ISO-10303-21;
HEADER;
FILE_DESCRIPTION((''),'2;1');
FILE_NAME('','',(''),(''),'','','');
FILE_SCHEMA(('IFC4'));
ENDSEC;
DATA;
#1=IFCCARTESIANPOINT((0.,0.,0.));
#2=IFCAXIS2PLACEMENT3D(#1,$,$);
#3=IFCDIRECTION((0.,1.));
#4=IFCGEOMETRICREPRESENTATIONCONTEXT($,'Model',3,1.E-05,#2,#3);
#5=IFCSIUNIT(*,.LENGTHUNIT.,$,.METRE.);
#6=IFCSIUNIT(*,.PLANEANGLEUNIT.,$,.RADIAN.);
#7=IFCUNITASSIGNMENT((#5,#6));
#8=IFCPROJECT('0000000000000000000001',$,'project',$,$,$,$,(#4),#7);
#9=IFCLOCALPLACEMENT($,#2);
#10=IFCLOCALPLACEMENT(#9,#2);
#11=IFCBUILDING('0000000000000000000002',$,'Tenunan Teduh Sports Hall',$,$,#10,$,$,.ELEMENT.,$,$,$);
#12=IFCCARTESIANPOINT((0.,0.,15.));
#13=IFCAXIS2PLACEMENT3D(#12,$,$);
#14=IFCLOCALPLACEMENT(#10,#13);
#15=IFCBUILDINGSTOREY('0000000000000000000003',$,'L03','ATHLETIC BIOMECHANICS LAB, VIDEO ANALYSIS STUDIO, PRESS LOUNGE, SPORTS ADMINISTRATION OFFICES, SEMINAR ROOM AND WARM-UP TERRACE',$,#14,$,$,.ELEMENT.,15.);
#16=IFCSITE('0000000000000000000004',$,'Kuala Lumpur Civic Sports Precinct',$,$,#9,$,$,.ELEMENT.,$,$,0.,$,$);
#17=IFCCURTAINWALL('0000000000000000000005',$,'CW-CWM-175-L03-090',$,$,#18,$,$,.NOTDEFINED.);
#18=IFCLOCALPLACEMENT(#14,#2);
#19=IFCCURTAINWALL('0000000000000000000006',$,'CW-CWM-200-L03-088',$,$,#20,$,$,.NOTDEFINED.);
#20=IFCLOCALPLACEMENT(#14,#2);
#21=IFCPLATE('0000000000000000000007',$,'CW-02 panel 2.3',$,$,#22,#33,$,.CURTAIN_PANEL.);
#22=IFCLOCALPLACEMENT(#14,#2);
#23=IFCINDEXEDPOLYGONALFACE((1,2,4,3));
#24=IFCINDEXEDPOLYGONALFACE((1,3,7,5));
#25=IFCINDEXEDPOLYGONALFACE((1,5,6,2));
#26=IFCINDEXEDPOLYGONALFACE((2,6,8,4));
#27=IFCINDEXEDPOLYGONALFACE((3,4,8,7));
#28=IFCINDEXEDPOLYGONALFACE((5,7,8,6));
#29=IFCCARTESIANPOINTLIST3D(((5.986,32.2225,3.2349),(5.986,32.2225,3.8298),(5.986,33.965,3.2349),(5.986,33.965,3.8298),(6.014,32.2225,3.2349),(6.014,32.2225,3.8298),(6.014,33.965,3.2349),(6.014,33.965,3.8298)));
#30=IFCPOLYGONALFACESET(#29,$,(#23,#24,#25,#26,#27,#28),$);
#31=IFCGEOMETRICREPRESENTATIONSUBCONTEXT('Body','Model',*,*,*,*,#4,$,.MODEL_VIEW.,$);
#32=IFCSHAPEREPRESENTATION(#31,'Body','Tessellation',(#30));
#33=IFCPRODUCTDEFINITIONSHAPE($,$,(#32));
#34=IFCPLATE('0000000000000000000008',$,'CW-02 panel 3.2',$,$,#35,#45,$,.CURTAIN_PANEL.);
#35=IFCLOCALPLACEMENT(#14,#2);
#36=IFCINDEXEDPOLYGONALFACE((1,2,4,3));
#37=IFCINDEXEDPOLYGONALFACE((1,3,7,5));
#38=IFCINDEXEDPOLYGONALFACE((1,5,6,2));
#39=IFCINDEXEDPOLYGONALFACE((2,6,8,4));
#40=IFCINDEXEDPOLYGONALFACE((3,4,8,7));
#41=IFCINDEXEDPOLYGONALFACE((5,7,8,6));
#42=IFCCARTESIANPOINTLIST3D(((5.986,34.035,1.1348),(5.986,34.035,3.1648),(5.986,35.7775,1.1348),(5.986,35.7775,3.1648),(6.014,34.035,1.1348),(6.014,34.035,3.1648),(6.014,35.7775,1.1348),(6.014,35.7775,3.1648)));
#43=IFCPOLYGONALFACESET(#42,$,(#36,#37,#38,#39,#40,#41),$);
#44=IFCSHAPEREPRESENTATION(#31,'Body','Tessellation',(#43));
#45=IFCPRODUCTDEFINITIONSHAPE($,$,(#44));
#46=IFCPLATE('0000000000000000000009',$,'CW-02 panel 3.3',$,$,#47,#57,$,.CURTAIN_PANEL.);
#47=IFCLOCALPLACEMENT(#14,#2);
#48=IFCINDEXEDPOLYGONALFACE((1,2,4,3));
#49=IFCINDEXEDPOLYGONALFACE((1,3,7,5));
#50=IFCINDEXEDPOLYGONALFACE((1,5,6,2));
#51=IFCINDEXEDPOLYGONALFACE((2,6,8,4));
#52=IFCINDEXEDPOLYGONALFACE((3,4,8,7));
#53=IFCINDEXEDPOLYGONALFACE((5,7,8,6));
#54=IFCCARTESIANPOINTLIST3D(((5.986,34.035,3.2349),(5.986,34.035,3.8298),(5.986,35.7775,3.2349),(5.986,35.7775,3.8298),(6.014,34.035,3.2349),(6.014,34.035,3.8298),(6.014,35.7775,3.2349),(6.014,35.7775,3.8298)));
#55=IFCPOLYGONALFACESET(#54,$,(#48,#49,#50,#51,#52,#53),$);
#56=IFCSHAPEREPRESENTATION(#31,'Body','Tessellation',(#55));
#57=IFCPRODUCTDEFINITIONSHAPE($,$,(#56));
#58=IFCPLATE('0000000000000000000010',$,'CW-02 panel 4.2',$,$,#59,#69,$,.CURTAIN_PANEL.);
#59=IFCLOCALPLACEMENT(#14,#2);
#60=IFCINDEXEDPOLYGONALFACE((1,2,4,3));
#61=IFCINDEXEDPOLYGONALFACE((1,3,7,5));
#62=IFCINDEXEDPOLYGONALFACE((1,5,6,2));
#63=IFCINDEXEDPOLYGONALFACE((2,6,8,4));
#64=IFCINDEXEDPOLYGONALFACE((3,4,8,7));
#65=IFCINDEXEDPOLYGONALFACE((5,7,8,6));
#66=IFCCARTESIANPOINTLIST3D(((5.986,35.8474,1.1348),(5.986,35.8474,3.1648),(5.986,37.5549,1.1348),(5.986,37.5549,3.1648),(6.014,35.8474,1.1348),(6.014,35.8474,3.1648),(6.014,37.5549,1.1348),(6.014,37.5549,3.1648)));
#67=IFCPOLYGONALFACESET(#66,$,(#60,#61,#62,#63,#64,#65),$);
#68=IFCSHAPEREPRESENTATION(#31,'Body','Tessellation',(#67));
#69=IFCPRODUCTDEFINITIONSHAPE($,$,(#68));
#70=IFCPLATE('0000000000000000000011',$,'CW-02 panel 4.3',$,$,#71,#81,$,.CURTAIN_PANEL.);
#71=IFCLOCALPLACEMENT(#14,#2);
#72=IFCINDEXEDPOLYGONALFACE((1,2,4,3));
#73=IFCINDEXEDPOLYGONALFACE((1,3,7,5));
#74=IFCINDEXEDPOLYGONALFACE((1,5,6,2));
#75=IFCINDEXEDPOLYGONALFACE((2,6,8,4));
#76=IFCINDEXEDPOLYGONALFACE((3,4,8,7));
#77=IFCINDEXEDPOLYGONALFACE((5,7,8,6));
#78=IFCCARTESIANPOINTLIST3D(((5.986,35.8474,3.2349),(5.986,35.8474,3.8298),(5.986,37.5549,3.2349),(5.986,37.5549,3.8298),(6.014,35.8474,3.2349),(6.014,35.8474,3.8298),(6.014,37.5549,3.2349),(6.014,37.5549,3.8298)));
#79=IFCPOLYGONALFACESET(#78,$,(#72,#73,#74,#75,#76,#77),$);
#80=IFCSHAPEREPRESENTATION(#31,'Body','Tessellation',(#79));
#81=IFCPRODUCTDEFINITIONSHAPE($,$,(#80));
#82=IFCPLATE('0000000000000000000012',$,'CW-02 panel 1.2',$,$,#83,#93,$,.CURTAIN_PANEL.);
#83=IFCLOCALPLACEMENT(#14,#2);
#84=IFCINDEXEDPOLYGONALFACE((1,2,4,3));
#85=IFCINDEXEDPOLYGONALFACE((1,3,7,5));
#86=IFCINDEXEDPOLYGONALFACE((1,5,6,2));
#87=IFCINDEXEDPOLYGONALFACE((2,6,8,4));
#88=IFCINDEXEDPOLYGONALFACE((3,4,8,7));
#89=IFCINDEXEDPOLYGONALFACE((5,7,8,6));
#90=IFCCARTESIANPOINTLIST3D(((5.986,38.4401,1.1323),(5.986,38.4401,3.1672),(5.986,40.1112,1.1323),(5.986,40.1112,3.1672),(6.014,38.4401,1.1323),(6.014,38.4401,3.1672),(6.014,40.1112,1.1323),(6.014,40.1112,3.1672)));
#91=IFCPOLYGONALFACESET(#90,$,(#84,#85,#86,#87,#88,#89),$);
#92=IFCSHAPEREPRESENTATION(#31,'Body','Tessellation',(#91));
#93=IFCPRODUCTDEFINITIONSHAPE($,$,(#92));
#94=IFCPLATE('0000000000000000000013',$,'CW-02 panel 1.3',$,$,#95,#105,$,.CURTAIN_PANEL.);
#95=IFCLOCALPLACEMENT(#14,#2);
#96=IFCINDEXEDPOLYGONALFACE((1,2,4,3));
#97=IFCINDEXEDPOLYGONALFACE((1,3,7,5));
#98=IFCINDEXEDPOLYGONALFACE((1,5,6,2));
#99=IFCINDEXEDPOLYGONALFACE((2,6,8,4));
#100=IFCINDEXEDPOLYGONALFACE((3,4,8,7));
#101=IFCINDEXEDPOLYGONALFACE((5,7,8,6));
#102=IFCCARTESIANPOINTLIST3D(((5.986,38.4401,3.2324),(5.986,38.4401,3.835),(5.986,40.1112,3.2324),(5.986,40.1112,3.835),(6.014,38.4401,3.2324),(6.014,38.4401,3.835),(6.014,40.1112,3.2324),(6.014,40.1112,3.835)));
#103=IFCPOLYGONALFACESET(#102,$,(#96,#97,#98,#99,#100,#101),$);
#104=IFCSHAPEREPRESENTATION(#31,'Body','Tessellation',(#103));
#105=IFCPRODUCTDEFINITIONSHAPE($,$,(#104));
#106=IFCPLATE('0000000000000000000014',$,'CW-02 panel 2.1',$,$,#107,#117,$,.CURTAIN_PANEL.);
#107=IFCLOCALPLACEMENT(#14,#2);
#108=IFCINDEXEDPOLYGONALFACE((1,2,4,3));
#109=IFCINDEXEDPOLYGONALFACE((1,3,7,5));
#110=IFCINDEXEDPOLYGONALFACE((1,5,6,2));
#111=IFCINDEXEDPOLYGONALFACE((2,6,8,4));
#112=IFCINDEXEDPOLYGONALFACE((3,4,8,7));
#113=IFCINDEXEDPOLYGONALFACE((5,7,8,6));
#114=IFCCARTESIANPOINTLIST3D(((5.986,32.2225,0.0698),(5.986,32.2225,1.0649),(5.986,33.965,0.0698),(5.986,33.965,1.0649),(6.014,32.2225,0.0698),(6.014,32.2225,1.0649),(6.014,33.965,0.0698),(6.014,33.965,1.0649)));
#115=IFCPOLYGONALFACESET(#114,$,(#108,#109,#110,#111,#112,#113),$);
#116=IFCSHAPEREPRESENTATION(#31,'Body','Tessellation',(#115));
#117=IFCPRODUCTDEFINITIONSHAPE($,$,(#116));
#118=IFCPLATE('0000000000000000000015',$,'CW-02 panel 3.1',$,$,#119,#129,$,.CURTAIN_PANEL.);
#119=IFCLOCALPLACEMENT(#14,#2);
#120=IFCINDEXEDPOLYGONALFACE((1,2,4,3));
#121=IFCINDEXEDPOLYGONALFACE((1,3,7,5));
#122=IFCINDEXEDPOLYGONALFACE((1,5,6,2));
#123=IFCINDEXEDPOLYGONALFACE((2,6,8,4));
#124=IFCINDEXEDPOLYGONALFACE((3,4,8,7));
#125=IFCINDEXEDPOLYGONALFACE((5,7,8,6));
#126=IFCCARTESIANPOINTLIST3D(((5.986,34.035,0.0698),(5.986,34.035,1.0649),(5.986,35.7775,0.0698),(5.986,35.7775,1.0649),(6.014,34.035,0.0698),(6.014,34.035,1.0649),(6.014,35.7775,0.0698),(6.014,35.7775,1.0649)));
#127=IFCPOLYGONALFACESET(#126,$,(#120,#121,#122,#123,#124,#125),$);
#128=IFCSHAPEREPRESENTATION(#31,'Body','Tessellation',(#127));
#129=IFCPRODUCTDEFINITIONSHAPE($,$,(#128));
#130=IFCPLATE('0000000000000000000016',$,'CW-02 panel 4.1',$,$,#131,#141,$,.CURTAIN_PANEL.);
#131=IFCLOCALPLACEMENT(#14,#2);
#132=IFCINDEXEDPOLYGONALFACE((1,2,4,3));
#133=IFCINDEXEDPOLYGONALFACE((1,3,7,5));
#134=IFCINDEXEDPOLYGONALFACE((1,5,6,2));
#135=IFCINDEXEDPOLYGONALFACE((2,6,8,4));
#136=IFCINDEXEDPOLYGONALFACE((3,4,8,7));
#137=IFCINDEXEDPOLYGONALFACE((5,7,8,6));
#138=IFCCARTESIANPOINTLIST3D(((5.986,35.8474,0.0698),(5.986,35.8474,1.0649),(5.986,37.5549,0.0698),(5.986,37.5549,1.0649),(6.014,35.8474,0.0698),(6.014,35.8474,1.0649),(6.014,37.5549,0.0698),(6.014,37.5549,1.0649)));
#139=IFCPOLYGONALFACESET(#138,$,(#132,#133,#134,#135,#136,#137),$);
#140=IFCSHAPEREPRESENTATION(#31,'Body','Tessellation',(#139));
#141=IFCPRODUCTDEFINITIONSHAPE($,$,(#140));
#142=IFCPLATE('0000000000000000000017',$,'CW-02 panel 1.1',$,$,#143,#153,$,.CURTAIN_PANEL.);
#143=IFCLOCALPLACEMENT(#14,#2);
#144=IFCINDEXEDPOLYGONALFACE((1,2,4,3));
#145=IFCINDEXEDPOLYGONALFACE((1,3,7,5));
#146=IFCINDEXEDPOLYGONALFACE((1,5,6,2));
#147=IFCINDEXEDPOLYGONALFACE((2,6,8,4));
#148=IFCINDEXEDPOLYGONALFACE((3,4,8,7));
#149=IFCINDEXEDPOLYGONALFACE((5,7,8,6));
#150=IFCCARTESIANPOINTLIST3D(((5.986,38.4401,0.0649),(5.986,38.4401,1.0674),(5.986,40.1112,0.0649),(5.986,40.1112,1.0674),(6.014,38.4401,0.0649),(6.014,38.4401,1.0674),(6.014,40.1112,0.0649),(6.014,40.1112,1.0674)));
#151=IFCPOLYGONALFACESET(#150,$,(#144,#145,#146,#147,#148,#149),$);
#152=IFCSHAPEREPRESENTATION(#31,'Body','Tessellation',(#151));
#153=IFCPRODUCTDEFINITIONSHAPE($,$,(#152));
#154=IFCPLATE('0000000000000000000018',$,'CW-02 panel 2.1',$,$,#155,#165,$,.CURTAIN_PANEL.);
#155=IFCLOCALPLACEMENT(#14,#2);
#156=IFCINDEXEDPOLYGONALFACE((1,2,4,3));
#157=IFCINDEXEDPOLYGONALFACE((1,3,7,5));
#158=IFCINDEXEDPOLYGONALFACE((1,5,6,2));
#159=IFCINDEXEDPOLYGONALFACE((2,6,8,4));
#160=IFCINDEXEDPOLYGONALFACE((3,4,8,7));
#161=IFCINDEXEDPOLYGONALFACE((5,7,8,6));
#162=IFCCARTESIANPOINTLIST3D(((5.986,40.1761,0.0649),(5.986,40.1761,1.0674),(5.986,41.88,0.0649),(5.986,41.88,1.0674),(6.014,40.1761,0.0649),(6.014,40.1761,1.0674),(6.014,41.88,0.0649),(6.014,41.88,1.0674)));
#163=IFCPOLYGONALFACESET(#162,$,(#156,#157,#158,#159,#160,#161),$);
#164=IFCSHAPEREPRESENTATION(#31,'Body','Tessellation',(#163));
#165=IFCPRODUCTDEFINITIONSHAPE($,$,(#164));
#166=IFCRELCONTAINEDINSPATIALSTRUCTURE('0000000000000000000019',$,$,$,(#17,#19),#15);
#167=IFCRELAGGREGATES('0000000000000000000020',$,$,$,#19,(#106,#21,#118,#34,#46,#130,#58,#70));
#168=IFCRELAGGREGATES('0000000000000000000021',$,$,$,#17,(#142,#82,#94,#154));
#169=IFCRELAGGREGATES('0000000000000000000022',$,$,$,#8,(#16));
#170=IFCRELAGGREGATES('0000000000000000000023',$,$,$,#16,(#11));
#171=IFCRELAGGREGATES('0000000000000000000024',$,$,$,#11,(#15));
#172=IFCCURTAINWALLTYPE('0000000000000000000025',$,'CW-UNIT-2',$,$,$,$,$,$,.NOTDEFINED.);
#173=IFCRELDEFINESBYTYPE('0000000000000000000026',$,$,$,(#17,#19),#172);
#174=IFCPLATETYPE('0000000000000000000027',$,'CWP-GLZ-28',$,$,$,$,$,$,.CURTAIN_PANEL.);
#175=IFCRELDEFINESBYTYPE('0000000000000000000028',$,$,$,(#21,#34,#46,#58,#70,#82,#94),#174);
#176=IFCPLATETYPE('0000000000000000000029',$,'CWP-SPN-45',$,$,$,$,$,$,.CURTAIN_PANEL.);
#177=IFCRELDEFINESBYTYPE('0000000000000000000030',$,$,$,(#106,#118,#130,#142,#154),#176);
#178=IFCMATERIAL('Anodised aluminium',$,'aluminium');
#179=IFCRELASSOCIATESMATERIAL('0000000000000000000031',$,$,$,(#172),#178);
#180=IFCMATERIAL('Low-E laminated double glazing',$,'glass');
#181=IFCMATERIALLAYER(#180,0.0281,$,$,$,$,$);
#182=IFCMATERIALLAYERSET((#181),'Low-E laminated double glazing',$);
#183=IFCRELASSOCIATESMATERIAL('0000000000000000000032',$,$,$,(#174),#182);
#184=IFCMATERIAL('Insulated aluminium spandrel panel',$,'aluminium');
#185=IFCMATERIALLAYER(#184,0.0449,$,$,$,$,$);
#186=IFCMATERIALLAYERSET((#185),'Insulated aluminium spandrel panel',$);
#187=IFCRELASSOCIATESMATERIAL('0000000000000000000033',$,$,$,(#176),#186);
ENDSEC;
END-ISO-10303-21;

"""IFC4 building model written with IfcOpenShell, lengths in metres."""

from ifc_helpers import new_model, si_unit, direction, frame, origin, origin_2d, place, context, subcontext, project, spatial, rectangle, extrude, material, layer, layer_set, type_object, element, aggregate, save


model = new_model("IFC4")

# Units and contexts
model_context = context("Model", 3, precision=1e-05, world=origin(), true_north=direction((0.0, 1.0)))
body_context = subcontext(model_context, "Body", "Model", "MODEL_VIEW")
ifc_project = project(units=[si_unit("LENGTHUNIT", "METRE"), si_unit("PLANEANGLEUNIT", "RADIAN")], contexts=[model_context])

# Site, building, storey
site_placement = place(None, origin())
site = spatial("IfcSite", under=ifc_project, at=site_placement, Name="Kuala Lumpur Civic Sports Precinct", CompositionType="ELEMENT", RefElevation=0.0)
building_placement = place(site_placement, origin())
building = spatial("IfcBuilding", under=site, at=building_placement, Name="Tenunan Teduh Sports Hall", CompositionType="ELEMENT")
storey_placement = place(building_placement, frame((0.0, 0.0, 15.0)))
storey = spatial("IfcBuildingStorey", under=building, at=storey_placement, Name="L03", Description="ATHLETIC BIOMECHANICS LAB, VIDEO ANALYSIS STUDIO, PRESS LOUNGE, SPORTS ADMINISTRATION OFFICES, SEMINAR ROOM AND WARM-UP TERRACE", CompositionType="ELEMENT", Elevation=15.0)

# Curtain walls
ifc_material_1 = material(Name="Anodised aluminium", Category="aluminium")
curtain_wall_type = type_object("IfcCurtainWallType", Name="CW-UNIT-2", PredefinedType="NOTDEFINED", material=ifc_material_1)
curtain_wall_1_placement = place(storey_placement, origin())
curtain_wall_1 = element("IfcCurtainWall", 1, at=curtain_wall_1_placement, inside=storey, type_object=curtain_wall_type, Name="CW-CWM-175-L03-090", PredefinedType="NOTDEFINED")
curtain_wall_2_placement = place(storey_placement, origin())
curtain_wall_2 = element("IfcCurtainWall", 2, at=curtain_wall_2_placement, inside=storey, type_object=curtain_wall_type, Name="CW-CWM-200-L03-088", PredefinedType="NOTDEFINED")

# Plates
ifc_material_2 = material(Name="Low-E laminated double glazing", Category="glass")
ifc_layer_1 = layer(ifc_material_2, 0.0281)
ifc_layer_set_1 = layer_set([ifc_layer_1], Name="Low-E laminated double glazing")
plate_type_1 = type_object("IfcPlateType", Name="CWP-GLZ-28", PredefinedType="CURTAIN_PANEL", material=ifc_layer_set_1)
plate_1_placement = place(storey_placement, frame((6.0, 33.0938, 3.2349), z_axis=(0.0, 0.0, 1.0), x_axis=(0.0, 1.0, 0.0)))
plate_1 = element("IfcPlate", 3, at=plate_1_placement, type_object=plate_type_1, Name="CW-02 panel 2.3", PredefinedType="CURTAIN_PANEL", context=body_context, shape_type="SweptSolid", body=[
    extrude(rectangle(XDim=1.7424, YDim=0.0281, at=origin_2d()), origin(), (0.0, 0.0, 1.0), 0.595),
])
plate_2_placement = place(storey_placement, frame((6.0, 34.9062, 1.1348), z_axis=(0.0, 0.0, 1.0), x_axis=(0.0, 1.0, 0.0)))
plate_2 = element("IfcPlate", 4, at=plate_2_placement, type_object=plate_type_1, Name="CW-02 panel 3.2", PredefinedType="CURTAIN_PANEL", context=body_context, shape_type="SweptSolid", body=[
    extrude(rectangle(XDim=1.7424, YDim=0.0281, at=origin_2d()), origin(), (0.0, 0.0, 1.0), 2.03),
])
plate_3_placement = place(storey_placement, frame((6.0, 34.9062, 3.2349), z_axis=(0.0, 0.0, 1.0), x_axis=(0.0, 1.0, 0.0)))
plate_3 = element("IfcPlate", 5, at=plate_3_placement, type_object=plate_type_1, Name="CW-02 panel 3.3", PredefinedType="CURTAIN_PANEL", context=body_context, shape_type="SweptSolid", body=[
    extrude(rectangle(XDim=1.7424, YDim=0.0281, at=origin_2d()), origin(), (0.0, 0.0, 1.0), 0.595),
])
plate_4_placement = place(storey_placement, frame((6.0, 36.7012, 1.1348), z_axis=(0.0, 0.0, 1.0), x_axis=(0.0, 1.0, 0.0)))
plate_4 = element("IfcPlate", 6, at=plate_4_placement, type_object=plate_type_1, Name="CW-02 panel 4.2", PredefinedType="CURTAIN_PANEL", context=body_context, shape_type="SweptSolid", body=[
    extrude(rectangle(XDim=1.7075, YDim=0.0281, at=origin_2d()), origin(), (0.0, 0.0, 1.0), 2.03),
])
plate_5_placement = place(storey_placement, frame((6.0, 36.7012, 3.2349), z_axis=(0.0, 0.0, 1.0), x_axis=(0.0, 1.0, 0.0)))
plate_5 = element("IfcPlate", 7, at=plate_5_placement, type_object=plate_type_1, Name="CW-02 panel 4.3", PredefinedType="CURTAIN_PANEL", context=body_context, shape_type="SweptSolid", body=[
    extrude(rectangle(XDim=1.7075, YDim=0.0281, at=origin_2d()), origin(), (0.0, 0.0, 1.0), 0.595),
])
plate_6_placement = place(storey_placement, frame((6.0, 39.2756, 1.1323), z_axis=(0.0, 0.0, 1.0), x_axis=(0.0, 1.0, 0.0)))
plate_6 = element("IfcPlate", 8, at=plate_6_placement, type_object=plate_type_1, Name="CW-02 panel 1.2", PredefinedType="CURTAIN_PANEL", context=body_context, shape_type="SweptSolid", body=[
    extrude(rectangle(XDim=1.6711, YDim=0.0281, at=origin_2d()), origin(), (0.0, 0.0, 1.0), 2.0349),
])
plate_7_placement = place(storey_placement, frame((6.0, 39.2756, 3.2324), z_axis=(0.0, 0.0, 1.0), x_axis=(0.0, 1.0, 0.0)))
plate_7 = element("IfcPlate", 9, at=plate_7_placement, type_object=plate_type_1, Name="CW-02 panel 1.3", PredefinedType="CURTAIN_PANEL", context=body_context, shape_type="SweptSolid", body=[
    extrude(rectangle(XDim=1.6711, YDim=0.0281, at=origin_2d()), origin(), (0.0, 0.0, 1.0), 0.6025),
])
ifc_material_3 = material(Name="Insulated aluminium spandrel panel", Category="aluminium")
ifc_layer_2 = layer(ifc_material_3, 0.0449)
ifc_layer_set_2 = layer_set([ifc_layer_2], Name="Insulated aluminium spandrel panel")
plate_type_2 = type_object("IfcPlateType", Name="CWP-SPN-45", PredefinedType="CURTAIN_PANEL", material=ifc_layer_set_2)
plate_8_placement = place(storey_placement, frame((6.0, 33.0938, 0.0698), z_axis=(0.0, 0.0, 1.0), x_axis=(0.0, 1.0, 0.0)))
plate_8 = element("IfcPlate", 10, at=plate_8_placement, type_object=plate_type_2, Name="CW-02 panel 2.1", PredefinedType="CURTAIN_PANEL", context=body_context, shape_type="SweptSolid", body=[
    extrude(rectangle(XDim=1.7424, YDim=0.0281, at=origin_2d()), origin(), (0.0, 0.0, 1.0), 0.9951),
])
plate_9_placement = place(storey_placement, frame((6.0, 34.9062, 0.0698), z_axis=(0.0, 0.0, 1.0), x_axis=(0.0, 1.0, 0.0)))
plate_9 = element("IfcPlate", 11, at=plate_9_placement, type_object=plate_type_2, Name="CW-02 panel 3.1", PredefinedType="CURTAIN_PANEL", context=body_context, shape_type="SweptSolid", body=[
    extrude(rectangle(XDim=1.7424, YDim=0.0281, at=origin_2d()), origin(), (0.0, 0.0, 1.0), 0.9951),
])
plate_10_placement = place(storey_placement, frame((6.0, 36.7012, 0.0698), z_axis=(0.0, 0.0, 1.0), x_axis=(0.0, 1.0, 0.0)))
plate_10 = element("IfcPlate", 12, at=plate_10_placement, type_object=plate_type_2, Name="CW-02 panel 4.1", PredefinedType="CURTAIN_PANEL", context=body_context, shape_type="SweptSolid", body=[
    extrude(rectangle(XDim=1.7075, YDim=0.0281, at=origin_2d()), origin(), (0.0, 0.0, 1.0), 0.9951),
])
aggregate(curtain_wall_2, [plate_8, plate_1, plate_9, plate_2, plate_3, plate_10, plate_4, plate_5])
plate_11_placement = place(storey_placement, frame((6.0, 39.2756, 0.0649), z_axis=(0.0, 0.0, 1.0), x_axis=(0.0, 1.0, 0.0)))
plate_11 = element("IfcPlate", 13, at=plate_11_placement, type_object=plate_type_2, Name="CW-02 panel 1.1", PredefinedType="CURTAIN_PANEL", context=body_context, shape_type="SweptSolid", body=[
    extrude(rectangle(XDim=1.6711, YDim=0.0281, at=origin_2d()), origin(), (0.0, 0.0, 1.0), 1.0024),
])
plate_12_placement = place(storey_placement, frame((6.0, 41.0281, 0.0649), z_axis=(0.0, 0.0, 1.0), x_axis=(0.0, 1.0, 0.0)))
plate_12 = element("IfcPlate", 14, at=plate_12_placement, type_object=plate_type_2, Name="CW-02 panel 2.1", PredefinedType="CURTAIN_PANEL", context=body_context, shape_type="SweptSolid", body=[
    extrude(rectangle(XDim=1.7039, YDim=0.0281, at=origin_2d()), origin(), (0.0, 0.0, 1.0), 1.0024),
])
aggregate(curtain_wall_1, [plate_11, plate_6, plate_7, plate_12])

save(model, "model.ifc")
